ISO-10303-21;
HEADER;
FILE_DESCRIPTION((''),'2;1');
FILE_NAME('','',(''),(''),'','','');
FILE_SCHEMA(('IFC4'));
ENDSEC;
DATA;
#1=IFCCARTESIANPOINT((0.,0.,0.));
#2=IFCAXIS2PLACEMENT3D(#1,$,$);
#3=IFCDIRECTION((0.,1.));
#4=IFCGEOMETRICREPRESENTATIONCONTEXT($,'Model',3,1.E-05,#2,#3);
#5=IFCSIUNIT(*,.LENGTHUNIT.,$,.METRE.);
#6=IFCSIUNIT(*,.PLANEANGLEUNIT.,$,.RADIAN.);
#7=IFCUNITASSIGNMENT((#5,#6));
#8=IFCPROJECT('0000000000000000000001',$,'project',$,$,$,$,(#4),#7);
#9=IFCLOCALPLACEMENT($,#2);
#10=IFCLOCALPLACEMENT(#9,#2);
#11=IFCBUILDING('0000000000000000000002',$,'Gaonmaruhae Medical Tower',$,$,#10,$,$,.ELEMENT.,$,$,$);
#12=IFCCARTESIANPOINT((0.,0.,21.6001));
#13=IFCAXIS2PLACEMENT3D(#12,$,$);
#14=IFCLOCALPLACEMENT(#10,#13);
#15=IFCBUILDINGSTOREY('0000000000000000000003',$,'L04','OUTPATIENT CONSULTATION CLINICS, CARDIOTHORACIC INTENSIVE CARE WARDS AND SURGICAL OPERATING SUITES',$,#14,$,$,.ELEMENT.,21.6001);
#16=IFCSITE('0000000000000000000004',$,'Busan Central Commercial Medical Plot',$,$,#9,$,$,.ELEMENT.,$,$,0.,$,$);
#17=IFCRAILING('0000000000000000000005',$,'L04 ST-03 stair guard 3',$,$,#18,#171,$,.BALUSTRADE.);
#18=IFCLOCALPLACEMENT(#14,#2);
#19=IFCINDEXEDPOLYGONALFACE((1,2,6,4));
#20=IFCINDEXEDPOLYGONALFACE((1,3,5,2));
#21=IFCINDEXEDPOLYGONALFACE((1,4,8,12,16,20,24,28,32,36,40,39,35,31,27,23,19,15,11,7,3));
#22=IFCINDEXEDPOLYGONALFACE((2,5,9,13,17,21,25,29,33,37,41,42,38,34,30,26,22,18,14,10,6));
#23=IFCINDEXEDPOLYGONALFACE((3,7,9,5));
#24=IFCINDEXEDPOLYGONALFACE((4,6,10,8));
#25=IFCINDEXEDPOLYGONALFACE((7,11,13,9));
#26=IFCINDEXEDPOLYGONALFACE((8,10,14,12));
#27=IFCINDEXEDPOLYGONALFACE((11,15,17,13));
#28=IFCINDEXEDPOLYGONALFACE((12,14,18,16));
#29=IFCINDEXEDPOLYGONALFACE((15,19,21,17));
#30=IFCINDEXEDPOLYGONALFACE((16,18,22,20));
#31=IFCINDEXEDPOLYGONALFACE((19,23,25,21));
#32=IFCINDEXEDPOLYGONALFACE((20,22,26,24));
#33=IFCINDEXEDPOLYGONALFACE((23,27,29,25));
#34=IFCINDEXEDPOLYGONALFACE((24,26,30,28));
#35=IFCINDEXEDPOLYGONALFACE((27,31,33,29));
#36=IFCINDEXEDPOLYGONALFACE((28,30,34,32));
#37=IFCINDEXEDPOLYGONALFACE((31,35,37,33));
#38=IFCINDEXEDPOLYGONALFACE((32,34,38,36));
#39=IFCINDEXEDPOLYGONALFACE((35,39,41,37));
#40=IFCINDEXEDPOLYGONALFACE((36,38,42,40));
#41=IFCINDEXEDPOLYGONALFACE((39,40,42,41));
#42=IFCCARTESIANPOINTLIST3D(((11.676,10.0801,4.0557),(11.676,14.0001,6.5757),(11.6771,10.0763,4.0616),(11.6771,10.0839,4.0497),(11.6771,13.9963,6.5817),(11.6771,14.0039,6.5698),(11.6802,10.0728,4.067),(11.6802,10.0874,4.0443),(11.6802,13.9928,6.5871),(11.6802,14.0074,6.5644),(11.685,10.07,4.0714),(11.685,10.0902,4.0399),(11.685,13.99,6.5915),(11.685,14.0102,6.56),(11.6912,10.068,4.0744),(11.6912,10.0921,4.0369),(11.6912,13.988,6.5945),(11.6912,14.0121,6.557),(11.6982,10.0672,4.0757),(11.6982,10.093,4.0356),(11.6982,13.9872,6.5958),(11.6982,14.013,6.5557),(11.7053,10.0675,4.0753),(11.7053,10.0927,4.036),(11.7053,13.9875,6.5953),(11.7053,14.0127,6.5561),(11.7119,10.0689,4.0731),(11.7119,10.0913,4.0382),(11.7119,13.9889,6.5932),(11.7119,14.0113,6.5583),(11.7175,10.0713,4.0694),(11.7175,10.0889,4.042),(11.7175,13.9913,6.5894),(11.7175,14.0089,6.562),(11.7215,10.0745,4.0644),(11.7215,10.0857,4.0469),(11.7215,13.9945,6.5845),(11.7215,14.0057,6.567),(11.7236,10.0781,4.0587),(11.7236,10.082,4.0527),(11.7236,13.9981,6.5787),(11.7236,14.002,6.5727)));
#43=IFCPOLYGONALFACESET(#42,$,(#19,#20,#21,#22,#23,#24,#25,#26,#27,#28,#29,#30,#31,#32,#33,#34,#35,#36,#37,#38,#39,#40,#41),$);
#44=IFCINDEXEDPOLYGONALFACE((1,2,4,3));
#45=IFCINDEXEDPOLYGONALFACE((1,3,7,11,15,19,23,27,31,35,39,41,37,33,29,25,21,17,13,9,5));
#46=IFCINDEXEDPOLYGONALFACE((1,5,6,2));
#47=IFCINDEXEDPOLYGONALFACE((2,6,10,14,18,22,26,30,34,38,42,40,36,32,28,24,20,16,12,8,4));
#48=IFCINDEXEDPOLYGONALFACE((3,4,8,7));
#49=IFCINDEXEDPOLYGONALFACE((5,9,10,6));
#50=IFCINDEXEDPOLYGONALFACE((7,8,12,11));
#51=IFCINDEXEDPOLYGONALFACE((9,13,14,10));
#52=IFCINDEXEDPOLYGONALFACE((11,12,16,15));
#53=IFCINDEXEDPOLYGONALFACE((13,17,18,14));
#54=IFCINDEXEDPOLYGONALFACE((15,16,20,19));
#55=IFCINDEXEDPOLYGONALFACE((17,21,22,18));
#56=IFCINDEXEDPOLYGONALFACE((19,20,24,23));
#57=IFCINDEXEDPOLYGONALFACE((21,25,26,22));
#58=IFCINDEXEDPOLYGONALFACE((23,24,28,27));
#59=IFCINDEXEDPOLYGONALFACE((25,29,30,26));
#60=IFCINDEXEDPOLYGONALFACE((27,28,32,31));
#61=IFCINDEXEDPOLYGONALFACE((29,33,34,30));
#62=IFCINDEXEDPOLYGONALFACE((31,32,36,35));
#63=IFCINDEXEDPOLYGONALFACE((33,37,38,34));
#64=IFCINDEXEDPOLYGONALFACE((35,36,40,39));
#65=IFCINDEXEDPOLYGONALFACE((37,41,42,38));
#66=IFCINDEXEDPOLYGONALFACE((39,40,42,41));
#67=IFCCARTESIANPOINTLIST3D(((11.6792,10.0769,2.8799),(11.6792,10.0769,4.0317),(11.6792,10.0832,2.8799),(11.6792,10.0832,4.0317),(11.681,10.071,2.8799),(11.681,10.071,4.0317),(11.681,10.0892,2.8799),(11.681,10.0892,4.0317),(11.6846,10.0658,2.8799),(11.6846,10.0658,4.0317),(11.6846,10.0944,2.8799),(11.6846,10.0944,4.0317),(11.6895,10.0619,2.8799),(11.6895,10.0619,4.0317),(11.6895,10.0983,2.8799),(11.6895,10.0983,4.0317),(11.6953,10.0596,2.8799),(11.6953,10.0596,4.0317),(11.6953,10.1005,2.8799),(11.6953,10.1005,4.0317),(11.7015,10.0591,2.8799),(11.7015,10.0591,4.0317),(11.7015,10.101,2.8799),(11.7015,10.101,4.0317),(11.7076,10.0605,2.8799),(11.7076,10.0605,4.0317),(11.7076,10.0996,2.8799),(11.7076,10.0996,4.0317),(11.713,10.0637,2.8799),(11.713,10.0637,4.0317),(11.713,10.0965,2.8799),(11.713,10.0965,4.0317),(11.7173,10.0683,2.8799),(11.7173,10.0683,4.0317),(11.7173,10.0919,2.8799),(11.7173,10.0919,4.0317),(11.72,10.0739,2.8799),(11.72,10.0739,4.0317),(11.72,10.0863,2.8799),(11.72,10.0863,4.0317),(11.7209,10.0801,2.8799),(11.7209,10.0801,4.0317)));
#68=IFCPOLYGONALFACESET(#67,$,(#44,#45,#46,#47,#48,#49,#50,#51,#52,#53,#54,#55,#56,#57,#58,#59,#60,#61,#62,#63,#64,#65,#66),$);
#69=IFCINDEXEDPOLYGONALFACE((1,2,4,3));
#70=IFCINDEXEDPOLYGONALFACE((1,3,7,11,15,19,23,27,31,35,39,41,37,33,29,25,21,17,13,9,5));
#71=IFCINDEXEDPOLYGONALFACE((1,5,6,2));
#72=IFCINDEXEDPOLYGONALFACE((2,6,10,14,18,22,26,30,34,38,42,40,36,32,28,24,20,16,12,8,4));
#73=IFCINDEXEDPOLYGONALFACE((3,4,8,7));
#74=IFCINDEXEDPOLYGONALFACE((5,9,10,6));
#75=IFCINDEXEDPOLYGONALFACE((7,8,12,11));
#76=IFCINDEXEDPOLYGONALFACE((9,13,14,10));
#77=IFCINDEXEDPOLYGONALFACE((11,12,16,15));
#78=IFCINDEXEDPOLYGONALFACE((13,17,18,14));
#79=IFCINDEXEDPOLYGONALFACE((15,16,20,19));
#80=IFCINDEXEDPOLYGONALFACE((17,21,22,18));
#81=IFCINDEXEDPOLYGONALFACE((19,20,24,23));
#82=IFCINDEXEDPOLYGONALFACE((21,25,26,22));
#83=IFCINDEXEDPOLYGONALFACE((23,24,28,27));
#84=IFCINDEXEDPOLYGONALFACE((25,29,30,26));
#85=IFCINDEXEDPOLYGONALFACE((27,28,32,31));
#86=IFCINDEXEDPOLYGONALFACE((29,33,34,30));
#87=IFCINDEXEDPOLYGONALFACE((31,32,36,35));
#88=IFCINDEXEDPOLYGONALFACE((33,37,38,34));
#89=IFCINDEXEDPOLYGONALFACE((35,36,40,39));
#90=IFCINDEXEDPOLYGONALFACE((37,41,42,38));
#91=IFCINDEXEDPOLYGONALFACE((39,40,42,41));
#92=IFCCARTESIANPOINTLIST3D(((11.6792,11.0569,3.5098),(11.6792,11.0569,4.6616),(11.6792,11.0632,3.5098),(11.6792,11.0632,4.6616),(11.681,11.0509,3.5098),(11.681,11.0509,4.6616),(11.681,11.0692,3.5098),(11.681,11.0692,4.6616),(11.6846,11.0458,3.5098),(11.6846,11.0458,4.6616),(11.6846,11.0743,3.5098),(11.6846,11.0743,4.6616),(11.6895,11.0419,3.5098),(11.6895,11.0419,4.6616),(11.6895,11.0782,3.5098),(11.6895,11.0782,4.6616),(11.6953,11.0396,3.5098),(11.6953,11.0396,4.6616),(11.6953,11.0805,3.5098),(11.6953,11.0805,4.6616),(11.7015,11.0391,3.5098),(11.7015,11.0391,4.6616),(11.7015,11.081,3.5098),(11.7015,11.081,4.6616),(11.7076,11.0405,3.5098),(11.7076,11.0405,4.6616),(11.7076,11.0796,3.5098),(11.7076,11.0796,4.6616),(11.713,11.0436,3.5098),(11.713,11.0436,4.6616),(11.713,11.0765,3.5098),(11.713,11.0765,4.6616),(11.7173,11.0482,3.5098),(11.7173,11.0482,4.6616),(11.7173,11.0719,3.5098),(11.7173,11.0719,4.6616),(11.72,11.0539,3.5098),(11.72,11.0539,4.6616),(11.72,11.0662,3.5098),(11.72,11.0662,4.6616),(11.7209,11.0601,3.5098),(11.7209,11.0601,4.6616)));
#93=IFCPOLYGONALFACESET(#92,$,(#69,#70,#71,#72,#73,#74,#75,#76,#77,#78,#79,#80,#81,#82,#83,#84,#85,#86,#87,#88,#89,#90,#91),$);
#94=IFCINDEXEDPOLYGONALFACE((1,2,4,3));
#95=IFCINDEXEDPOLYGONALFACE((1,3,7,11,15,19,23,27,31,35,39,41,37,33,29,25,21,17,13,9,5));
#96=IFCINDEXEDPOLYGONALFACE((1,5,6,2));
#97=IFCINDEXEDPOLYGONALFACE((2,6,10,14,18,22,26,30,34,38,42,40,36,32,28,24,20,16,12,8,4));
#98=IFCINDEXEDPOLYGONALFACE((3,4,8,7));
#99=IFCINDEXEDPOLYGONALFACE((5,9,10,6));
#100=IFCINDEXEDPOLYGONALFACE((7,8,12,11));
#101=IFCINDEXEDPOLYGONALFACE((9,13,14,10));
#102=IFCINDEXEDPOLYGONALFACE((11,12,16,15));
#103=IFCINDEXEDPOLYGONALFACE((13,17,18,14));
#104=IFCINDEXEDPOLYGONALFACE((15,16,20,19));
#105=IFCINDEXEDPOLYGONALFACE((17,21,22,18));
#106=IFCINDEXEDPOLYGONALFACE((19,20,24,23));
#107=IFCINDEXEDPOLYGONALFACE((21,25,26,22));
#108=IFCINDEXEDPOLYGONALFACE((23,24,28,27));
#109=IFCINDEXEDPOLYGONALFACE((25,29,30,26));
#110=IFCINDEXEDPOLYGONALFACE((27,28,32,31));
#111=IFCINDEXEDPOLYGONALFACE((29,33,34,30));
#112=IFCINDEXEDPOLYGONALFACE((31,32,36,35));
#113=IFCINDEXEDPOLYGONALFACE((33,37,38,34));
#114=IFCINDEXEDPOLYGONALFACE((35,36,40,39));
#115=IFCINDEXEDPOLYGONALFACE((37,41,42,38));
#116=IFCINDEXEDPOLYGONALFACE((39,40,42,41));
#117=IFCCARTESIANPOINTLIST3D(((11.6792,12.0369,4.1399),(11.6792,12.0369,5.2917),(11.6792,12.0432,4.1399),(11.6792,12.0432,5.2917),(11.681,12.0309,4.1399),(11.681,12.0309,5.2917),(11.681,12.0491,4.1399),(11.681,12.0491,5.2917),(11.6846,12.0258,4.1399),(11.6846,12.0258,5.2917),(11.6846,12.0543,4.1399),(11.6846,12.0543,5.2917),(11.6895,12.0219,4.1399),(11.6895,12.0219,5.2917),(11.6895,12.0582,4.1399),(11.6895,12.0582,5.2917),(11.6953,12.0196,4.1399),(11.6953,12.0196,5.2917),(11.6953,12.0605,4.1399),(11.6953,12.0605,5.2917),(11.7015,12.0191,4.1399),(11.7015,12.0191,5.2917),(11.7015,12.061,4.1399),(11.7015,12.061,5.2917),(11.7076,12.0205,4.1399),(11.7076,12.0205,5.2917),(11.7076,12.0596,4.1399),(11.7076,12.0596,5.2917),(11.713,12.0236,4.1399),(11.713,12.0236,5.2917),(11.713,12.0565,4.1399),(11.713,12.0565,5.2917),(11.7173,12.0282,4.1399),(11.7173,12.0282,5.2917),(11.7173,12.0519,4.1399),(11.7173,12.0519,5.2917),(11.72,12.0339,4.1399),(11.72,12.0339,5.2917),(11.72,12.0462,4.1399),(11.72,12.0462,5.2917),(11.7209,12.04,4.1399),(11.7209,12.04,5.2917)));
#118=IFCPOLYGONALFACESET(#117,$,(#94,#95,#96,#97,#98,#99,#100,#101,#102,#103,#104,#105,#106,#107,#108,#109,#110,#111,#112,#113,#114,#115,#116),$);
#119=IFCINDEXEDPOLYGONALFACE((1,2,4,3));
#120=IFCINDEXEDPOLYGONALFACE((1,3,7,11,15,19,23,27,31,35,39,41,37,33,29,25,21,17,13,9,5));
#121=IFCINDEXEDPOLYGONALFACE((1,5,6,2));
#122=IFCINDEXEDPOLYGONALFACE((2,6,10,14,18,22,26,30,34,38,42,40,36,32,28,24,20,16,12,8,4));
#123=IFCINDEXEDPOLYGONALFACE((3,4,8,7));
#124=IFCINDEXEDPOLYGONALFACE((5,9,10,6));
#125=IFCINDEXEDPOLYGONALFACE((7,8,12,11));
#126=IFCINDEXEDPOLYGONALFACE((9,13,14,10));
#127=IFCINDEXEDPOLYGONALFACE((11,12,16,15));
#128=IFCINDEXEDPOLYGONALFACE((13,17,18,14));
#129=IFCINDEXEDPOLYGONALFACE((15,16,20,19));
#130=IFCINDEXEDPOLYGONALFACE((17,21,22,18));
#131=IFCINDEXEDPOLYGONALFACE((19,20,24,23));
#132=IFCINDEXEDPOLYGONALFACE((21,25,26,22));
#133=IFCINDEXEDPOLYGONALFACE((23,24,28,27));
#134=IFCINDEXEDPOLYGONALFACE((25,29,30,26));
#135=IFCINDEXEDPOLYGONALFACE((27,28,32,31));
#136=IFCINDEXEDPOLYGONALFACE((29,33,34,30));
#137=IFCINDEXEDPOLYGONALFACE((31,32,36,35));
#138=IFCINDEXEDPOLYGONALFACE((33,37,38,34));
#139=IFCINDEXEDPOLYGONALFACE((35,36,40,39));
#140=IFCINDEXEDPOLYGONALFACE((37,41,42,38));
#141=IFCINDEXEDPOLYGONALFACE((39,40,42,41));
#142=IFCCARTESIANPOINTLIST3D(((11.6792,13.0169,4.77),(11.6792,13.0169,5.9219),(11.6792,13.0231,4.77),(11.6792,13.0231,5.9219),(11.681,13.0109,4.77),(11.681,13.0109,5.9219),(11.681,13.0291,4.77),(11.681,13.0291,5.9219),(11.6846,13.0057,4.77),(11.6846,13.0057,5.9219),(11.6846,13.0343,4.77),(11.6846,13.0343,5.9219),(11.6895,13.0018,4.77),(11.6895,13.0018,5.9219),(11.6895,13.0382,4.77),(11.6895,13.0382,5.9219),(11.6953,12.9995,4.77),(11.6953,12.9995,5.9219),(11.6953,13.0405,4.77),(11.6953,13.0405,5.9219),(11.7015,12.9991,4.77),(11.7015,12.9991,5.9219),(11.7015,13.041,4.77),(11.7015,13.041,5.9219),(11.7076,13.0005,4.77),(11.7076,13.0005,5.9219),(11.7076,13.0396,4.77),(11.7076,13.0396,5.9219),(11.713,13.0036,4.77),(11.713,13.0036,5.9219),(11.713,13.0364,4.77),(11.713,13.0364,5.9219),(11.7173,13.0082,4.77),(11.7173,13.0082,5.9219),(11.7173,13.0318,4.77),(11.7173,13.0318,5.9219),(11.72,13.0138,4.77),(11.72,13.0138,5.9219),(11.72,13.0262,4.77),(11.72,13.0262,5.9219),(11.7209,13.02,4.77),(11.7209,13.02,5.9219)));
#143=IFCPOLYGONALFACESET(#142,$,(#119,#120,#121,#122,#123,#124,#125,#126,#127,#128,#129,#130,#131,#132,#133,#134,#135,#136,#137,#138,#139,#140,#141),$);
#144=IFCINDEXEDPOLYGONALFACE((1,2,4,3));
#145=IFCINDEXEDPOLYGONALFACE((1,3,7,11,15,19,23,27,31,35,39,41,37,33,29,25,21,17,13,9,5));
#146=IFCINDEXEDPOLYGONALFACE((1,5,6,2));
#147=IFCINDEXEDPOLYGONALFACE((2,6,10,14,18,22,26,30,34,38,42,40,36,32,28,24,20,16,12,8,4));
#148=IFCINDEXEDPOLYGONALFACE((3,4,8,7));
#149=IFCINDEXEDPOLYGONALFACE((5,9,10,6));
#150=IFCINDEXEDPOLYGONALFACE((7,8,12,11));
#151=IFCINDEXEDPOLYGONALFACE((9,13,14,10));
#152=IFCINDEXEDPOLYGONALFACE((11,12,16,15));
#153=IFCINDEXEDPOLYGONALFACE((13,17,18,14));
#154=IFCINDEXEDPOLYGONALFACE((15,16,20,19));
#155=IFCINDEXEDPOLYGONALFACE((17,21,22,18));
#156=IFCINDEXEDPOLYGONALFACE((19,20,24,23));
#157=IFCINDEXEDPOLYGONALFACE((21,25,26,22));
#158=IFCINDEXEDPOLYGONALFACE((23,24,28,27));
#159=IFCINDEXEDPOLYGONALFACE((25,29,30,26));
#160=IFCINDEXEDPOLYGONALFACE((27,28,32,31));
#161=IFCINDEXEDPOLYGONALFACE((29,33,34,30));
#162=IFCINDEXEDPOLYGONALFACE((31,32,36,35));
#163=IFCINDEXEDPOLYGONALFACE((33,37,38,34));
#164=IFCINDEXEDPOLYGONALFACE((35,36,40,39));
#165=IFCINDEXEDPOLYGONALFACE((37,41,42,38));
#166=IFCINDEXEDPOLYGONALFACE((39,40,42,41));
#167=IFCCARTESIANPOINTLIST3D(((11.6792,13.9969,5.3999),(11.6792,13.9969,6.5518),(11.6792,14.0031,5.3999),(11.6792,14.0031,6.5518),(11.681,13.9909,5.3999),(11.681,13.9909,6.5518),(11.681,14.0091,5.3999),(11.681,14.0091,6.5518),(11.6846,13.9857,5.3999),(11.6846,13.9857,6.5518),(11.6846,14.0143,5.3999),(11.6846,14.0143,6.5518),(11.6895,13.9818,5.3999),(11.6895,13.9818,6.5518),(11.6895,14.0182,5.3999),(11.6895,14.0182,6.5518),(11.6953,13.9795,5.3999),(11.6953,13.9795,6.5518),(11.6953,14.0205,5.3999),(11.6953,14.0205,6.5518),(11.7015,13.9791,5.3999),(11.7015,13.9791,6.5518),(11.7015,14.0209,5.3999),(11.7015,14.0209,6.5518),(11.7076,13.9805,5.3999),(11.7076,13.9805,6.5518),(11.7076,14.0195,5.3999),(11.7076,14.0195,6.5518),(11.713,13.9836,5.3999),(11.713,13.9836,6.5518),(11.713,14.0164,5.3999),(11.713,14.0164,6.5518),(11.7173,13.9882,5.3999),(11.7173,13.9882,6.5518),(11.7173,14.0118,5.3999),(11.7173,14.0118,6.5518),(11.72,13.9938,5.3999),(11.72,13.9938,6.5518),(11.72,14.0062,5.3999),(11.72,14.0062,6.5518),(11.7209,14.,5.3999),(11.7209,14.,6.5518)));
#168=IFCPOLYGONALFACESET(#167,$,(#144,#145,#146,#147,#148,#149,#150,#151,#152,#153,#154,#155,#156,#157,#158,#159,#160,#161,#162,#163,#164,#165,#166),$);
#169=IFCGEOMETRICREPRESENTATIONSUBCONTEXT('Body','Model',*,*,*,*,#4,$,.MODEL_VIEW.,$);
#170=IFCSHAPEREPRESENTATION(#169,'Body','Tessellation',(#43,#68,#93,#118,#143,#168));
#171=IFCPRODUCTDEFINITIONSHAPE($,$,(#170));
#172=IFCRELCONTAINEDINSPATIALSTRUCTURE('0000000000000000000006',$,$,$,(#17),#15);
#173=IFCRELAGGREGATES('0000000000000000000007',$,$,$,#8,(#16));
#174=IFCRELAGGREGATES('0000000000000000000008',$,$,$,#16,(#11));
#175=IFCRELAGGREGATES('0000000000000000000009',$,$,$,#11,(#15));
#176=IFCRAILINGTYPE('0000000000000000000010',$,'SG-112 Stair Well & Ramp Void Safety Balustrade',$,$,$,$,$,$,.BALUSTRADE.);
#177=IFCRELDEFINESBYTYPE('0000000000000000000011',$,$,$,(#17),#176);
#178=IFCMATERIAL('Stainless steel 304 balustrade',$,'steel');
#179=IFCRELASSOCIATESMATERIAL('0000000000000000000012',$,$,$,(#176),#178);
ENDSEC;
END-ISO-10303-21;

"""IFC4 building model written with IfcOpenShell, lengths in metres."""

from ifc_helpers import new_model, si_unit, direction, frame, origin, origin_2d, place, context, subcontext, project, spatial, circle, extrude, material, type_object, element, save


model = new_model("IFC4")

# Units and contexts
model_context = context("Model", 3, precision=1e-05, world=origin(), true_north=direction((0.0, 1.0)))
body_context = subcontext(model_context, "Body", "Model", "MODEL_VIEW")
ifc_project = project(units=[si_unit("LENGTHUNIT", "METRE"), si_unit("PLANEANGLEUNIT", "RADIAN")], contexts=[model_context])

# Site, building, storey
site_placement = place(None, origin())
site = spatial("IfcSite", under=ifc_project, at=site_placement, Name="Busan Central Commercial Medical Plot", CompositionType="ELEMENT", RefElevation=0.0)
building_placement = place(site_placement, origin())
building = spatial("IfcBuilding", under=site, at=building_placement, Name="Gaonmaruhae Medical Tower", CompositionType="ELEMENT")
storey_placement = place(building_placement, frame((0.0, 0.0, 21.6001)))
storey = spatial("IfcBuildingStorey", under=building, at=storey_placement, Name="L04", Description="OUTPATIENT CONSULTATION CLINICS, CARDIOTHORACIC INTENSIVE CARE WARDS AND SURGICAL OPERATING SUITES", CompositionType="ELEMENT", Elevation=21.6001)

# Railing
ifc_material_1 = material(Name="Stainless steel 304 balustrade", Category="steel")
railing_type_1 = type_object("IfcRailingType", Name="SG-112 Stair Well & Ramp Void Safety Balustrade", PredefinedType="BALUSTRADE", material=ifc_material_1)
railing_1_placement = place(storey_placement, frame((11.7, 10.0801, 2.8799)))
element("IfcRailing", 1, at=railing_1_placement, inside=storey, type_object=railing_type_1, Name="L04 ST-03 stair guard 3", PredefinedType="BALUSTRADE", context=body_context, shape_type="SweptSolid", body=[
    extrude(circle(Radius=0.0239, at=origin_2d()), frame((0.0, 0.0, 1.1758), z_axis=(0.0, 0.841172, 0.540768), x_axis=(-1.0, 0.0, 0.0)), (0.0, 0.0, 1.0), 4.6602),
    extrude(circle(Radius=0.021, at=origin_2d()), origin(), (0.0, 0.0, 1.0), 1.1519),
    extrude(circle(Radius=0.021, at=origin_2d()), frame((0.0, 0.98, 0.6299)), (0.0, 0.0, 1.0), 1.1519),
    extrude(circle(Radius=0.021, at=origin_2d()), frame((0.0, 1.96, 1.26)), (0.0, 0.0, 1.0), 1.1519),
    extrude(circle(Radius=0.021, at=origin_2d()), frame((0.0, 2.9399, 1.8901)), (0.0, 0.0, 1.0), 1.1519),
    extrude(circle(Radius=0.021, at=origin_2d()), frame((0.0, 3.9199, 2.52)), (0.0, 0.0, 1.0), 1.1519),
])

save(model, "model.ifc")
